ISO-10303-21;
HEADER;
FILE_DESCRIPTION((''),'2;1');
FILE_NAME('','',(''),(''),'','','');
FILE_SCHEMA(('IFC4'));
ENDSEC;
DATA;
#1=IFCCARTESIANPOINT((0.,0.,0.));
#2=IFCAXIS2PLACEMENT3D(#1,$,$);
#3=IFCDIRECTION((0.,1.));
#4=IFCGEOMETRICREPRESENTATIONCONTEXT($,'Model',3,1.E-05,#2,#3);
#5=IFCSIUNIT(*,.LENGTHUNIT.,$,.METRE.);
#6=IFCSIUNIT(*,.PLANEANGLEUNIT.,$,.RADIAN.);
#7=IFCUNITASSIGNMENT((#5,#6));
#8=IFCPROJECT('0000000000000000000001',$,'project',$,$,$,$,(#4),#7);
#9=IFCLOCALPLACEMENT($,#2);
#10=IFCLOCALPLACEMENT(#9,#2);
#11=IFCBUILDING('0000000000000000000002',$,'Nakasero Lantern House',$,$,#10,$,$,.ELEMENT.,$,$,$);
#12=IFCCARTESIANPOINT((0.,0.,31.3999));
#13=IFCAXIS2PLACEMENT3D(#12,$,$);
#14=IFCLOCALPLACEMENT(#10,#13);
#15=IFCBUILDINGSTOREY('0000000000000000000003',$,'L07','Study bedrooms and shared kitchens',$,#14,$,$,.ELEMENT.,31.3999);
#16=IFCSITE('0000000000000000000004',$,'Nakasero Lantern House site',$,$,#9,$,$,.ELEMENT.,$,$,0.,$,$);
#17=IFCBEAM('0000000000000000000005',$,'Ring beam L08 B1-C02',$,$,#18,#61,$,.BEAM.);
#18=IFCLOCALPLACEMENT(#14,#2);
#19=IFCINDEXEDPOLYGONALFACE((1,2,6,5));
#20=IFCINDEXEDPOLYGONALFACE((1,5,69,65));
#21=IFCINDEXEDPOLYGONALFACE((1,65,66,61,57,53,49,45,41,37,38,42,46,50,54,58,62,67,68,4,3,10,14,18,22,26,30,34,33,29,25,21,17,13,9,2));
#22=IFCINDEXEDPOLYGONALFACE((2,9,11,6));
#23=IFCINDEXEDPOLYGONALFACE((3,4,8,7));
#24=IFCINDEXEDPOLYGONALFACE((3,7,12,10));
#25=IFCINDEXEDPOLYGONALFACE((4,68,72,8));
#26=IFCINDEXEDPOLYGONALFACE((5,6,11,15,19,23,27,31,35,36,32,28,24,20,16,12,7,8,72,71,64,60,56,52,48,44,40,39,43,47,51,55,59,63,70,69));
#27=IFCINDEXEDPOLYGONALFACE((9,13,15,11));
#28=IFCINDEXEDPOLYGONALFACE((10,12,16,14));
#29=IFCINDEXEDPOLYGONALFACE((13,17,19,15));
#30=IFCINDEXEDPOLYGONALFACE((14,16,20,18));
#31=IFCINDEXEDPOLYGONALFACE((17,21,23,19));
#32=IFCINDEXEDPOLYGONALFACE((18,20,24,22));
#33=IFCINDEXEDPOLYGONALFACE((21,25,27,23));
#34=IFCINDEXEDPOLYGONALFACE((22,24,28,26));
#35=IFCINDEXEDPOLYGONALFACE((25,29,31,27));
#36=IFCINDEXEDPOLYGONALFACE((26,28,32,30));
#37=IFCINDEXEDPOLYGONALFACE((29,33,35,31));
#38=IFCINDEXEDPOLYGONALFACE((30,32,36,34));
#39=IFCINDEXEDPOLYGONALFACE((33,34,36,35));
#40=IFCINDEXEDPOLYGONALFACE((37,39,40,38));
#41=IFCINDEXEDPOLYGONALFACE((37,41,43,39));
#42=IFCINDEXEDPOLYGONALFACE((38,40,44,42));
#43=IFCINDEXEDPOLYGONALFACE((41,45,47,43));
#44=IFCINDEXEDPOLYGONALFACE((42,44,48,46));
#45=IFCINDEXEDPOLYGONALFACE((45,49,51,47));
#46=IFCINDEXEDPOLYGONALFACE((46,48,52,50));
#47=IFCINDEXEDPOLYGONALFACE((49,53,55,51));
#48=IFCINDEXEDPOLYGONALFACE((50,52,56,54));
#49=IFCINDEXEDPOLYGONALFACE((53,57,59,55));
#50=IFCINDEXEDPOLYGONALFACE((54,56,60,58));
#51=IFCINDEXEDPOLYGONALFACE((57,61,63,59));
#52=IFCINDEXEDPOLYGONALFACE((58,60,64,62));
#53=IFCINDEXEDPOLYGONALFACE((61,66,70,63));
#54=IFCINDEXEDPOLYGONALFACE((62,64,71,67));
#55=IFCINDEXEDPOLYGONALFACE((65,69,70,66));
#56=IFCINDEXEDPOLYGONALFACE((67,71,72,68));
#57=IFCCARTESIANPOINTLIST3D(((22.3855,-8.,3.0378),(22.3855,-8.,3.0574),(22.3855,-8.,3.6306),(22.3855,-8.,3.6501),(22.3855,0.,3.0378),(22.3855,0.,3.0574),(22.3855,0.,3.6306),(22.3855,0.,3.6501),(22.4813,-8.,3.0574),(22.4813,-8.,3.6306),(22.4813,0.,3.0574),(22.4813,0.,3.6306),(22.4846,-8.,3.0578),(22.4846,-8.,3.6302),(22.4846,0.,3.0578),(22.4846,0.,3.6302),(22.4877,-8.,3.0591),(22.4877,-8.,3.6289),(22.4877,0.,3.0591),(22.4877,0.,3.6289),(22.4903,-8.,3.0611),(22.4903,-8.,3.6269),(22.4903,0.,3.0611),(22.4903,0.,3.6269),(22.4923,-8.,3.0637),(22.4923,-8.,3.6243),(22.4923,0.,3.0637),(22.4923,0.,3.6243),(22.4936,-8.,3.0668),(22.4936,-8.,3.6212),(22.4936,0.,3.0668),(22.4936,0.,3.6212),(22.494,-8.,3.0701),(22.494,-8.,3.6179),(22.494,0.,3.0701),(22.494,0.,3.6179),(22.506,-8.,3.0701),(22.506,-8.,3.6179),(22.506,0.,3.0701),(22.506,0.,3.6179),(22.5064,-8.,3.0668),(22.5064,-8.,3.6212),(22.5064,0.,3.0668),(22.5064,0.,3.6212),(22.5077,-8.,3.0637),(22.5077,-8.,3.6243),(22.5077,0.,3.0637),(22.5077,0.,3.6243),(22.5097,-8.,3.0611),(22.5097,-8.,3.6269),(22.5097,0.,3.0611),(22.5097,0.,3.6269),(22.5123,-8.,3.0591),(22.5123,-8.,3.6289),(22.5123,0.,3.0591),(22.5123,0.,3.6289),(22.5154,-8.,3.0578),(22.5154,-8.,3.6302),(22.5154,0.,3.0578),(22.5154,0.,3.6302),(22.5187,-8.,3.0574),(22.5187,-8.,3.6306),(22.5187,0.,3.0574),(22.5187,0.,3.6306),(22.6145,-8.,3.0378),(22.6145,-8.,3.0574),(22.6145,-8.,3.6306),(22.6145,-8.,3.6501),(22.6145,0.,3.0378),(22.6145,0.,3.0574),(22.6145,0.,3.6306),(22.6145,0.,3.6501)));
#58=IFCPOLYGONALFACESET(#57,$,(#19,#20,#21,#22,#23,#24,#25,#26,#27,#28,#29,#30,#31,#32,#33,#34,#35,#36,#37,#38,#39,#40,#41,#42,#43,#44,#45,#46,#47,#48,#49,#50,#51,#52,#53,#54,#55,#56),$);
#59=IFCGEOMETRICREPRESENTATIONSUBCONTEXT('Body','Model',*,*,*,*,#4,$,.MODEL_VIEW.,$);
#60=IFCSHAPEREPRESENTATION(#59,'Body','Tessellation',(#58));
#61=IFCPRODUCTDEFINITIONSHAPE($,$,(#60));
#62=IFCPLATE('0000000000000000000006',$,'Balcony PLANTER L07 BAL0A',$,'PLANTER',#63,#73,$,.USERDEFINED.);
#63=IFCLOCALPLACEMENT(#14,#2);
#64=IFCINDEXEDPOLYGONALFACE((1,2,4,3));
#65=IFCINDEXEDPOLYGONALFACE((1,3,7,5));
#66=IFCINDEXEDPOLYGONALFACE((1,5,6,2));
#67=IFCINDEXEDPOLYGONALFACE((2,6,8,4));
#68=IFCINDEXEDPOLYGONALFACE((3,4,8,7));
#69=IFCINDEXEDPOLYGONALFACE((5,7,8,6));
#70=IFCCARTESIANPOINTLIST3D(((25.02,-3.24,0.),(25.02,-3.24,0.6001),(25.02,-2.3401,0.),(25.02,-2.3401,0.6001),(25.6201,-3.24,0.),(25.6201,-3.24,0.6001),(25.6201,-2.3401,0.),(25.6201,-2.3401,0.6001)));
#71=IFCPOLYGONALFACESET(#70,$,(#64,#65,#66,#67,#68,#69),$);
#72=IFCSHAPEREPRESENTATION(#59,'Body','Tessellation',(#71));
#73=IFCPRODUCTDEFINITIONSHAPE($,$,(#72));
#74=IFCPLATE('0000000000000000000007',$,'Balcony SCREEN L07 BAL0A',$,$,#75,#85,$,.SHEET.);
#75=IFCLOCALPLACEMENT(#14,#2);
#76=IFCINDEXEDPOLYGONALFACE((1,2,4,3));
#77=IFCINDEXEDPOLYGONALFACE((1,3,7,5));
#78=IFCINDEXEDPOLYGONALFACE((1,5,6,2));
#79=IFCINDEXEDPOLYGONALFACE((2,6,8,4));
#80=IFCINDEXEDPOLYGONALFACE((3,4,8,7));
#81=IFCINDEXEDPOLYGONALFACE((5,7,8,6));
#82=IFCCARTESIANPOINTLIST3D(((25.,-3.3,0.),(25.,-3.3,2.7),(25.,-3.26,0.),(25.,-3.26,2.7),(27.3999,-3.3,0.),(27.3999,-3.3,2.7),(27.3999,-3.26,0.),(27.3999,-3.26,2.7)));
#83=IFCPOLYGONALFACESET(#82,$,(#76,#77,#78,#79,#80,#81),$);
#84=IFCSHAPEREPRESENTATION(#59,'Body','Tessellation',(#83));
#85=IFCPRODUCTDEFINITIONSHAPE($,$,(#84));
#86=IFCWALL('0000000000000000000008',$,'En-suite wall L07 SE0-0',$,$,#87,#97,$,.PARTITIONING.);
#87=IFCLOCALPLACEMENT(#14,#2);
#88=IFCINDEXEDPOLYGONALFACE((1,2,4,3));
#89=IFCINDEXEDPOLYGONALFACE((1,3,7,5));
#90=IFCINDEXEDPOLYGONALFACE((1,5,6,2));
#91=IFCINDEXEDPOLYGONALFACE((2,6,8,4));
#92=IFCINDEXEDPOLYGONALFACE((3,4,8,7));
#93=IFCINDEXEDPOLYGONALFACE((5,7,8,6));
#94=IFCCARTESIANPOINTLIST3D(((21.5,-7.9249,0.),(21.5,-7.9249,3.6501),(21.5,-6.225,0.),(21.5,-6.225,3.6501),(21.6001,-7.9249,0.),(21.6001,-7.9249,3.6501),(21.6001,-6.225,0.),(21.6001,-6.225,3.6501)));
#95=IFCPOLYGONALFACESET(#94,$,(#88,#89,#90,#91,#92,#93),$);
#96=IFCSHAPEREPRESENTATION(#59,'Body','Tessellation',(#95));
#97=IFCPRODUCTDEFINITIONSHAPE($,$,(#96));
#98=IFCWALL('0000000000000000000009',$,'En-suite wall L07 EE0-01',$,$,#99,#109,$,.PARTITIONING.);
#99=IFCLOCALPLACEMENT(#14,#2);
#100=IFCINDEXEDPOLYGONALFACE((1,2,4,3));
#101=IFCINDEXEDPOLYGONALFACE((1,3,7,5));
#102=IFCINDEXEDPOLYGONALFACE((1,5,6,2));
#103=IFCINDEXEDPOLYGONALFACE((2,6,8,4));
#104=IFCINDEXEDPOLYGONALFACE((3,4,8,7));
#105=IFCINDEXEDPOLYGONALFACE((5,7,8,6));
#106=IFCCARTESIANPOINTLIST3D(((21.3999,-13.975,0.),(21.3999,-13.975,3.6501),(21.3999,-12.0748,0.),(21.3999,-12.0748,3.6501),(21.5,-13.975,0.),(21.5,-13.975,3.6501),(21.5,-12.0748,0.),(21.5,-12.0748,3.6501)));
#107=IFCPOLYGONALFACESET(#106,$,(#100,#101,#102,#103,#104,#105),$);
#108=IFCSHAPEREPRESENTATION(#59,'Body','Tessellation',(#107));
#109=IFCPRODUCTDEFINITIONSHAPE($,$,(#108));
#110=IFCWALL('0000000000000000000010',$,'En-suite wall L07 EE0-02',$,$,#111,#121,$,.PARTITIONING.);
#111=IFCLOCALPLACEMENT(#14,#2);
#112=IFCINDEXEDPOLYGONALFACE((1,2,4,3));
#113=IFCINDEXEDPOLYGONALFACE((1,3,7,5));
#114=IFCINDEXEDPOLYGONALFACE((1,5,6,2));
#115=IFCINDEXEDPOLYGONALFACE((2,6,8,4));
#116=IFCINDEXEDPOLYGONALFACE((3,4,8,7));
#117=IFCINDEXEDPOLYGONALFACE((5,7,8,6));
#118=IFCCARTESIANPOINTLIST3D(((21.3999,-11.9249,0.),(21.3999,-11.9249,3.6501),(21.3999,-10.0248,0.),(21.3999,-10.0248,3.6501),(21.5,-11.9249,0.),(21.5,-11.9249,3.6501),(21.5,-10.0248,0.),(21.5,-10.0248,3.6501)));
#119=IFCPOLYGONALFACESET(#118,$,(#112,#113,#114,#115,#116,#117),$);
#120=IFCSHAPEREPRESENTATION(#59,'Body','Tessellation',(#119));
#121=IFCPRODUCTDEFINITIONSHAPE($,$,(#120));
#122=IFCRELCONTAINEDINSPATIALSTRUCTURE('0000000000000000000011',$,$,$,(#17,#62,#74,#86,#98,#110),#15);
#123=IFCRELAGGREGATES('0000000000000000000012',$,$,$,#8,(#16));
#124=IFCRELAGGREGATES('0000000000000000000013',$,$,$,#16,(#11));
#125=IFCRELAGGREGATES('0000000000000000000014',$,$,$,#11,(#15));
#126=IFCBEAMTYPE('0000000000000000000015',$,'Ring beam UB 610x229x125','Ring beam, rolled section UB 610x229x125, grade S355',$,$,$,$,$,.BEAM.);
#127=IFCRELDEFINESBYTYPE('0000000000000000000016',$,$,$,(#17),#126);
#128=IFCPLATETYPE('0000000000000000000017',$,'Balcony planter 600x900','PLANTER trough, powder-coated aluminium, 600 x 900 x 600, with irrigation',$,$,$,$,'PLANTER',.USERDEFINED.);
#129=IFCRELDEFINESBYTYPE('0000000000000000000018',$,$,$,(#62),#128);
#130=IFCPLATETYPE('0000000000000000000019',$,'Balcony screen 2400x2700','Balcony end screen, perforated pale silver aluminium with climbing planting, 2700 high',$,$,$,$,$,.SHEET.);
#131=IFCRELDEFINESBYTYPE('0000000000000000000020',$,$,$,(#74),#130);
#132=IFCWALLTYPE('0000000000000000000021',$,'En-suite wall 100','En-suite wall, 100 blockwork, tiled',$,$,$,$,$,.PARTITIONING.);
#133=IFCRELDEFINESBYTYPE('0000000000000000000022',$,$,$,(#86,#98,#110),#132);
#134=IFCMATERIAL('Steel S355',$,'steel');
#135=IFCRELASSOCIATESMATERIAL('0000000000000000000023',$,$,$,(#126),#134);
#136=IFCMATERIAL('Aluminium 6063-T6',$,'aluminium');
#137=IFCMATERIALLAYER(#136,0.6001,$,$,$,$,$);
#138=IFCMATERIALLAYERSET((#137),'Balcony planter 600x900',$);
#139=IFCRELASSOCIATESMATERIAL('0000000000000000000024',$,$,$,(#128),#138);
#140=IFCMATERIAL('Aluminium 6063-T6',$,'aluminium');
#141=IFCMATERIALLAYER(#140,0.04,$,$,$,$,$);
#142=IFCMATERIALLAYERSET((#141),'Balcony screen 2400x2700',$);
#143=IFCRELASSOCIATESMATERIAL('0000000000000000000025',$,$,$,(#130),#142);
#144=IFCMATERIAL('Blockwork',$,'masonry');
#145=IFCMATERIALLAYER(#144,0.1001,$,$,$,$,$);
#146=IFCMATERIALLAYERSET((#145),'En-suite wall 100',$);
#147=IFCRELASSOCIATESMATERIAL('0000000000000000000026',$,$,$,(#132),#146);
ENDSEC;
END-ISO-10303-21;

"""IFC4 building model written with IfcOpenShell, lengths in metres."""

from ifc_helpers import new_model, si_unit, direction, frame, frame_2d, origin, origin_2d, place, context, subcontext, project, spatial, rectangle, i_section, extrude, material, layer, layer_set, material_profile, profile_set, type_object, element, save


model = new_model("IFC4")

# Units and contexts
model_context = context("Model", 3, precision=1e-05, world=origin(), true_north=direction((0.0, 1.0)))
body_context = subcontext(model_context, "Body", "Model", "MODEL_VIEW")
ifc_project = project(units=[si_unit("LENGTHUNIT", "METRE"), si_unit("PLANEANGLEUNIT", "RADIAN")], contexts=[model_context])

# Site, building, storey
site_placement = place(None, origin())
site = spatial("IfcSite", under=ifc_project, at=site_placement, Name="Nakasero Lantern House site", CompositionType="ELEMENT", RefElevation=0.0)
building_placement = place(site_placement, origin())
building = spatial("IfcBuilding", under=site, at=building_placement, Name="Nakasero Lantern House", CompositionType="ELEMENT")
storey_placement = place(building_placement, frame((0.0, 0.0, 31.3999)))
storey = spatial("IfcBuildingStorey", under=building, at=storey_placement, Name="L07", Description="Study bedrooms and shared kitchens", CompositionType="ELEMENT", Elevation=31.3999)

# Beam
ifc_material_1 = material(Name="Steel S355", Category="steel")
ifc_material_profile_1 = material_profile(ifc_material_1, i_section(OverallWidth=0.229, OverallDepth=0.6123, WebThickness=0.012, FlangeThickness=0.0195, FilletRadius=0.0127, at=origin_2d()), Name="UB 610x229x125")
ifc_profile_set_1 = profile_set([ifc_material_profile_1], Name="Steel S355")
beam_type_1 = type_object("IfcBeamType", Name="Ring beam UB 610x229x125", Description="Ring beam, rolled section UB 610x229x125, grade S355", PredefinedType="BEAM", material=ifc_profile_set_1)
for number, where, z_axis, x_axis, name in (
    (1, (22.5, -8.0, 3.344), (0.0, 1.0, 0.0), (-1.0, 0.0, 0.0), "Ring beam L08 B1-C02"),
):
    element("IfcBeam", number, at=place(storey_placement, frame(where, z_axis=z_axis, x_axis=x_axis)), inside=storey, type_object=beam_type_1, Name=name, PredefinedType="BEAM", context=body_context, shape_type="SweptSolid", body=[
        extrude(i_section(OverallWidth=0.229, OverallDepth=0.6123, WebThickness=0.012, FlangeThickness=0.0195, FilletRadius=0.0127, at=origin_2d()), origin(), (0.0, 0.0, 1.0), 8.0),
    ])

# Plates
ifc_material_2 = material(Name="Aluminium 6063-T6", Category="aluminium")
ifc_layer_1 = layer(ifc_material_2, 0.6001)
ifc_layer_set_1 = layer_set([ifc_layer_1], Name="Balcony planter 600x900")
plate_type_1 = type_object("IfcPlateType", Name="Balcony planter 600x900", Description="PLANTER trough, powder-coated aluminium, 600 x 900 x 600, with irrigation", ElementType="PLANTER", PredefinedType="USERDEFINED", material=ifc_layer_set_1)
plate_1_placement = place(storey_placement, frame((25.3201, -2.79, 0.0), z_axis=(0.0, 0.0, 1.0), x_axis=(1.0, 0.0, 0.0)))
element("IfcPlate", 2, at=plate_1_placement, inside=storey, type_object=plate_type_1, Name="Balcony PLANTER L07 BAL0A", ObjectType="PLANTER", PredefinedType="USERDEFINED", context=body_context, shape_type="SweptSolid", body=[
    extrude(rectangle(XDim=0.6001, YDim=0.8999, at=origin_2d()), origin(), (0.0, 0.0, 1.0), 0.6001),
])
ifc_material_3 = material(Name="Aluminium 6063-T6", Category="aluminium")
ifc_layer_2 = layer(ifc_material_3, 0.04)
ifc_layer_set_2 = layer_set([ifc_layer_2], Name="Balcony screen 2400x2700")
plate_type_2 = type_object("IfcPlateType", Name="Balcony screen 2400x2700", Description="Balcony end screen, perforated pale silver aluminium with climbing planting, 2700 high", PredefinedType="SHEET", material=ifc_layer_set_2)
plate_2_placement = place(storey_placement, frame((26.2, -3.28, 0.0), z_axis=(0.0, 0.0, 1.0), x_axis=(1.0, 0.0, 0.0)))
element("IfcPlate", 3, at=plate_2_placement, inside=storey, type_object=plate_type_2, Name="Balcony SCREEN L07 BAL0A", PredefinedType="SHEET", context=body_context, shape_type="SweptSolid", body=[
    extrude(rectangle(XDim=2.3999, YDim=0.04, at=origin_2d()), origin(), (0.0, 0.0, 1.0), 2.7),
])

# Walls
ifc_material_4 = material(Name="Blockwork", Category="masonry")
ifc_layer_3 = layer(ifc_material_4, 0.1001)
ifc_layer_set_3 = layer_set([ifc_layer_3], Name="En-suite wall 100")
wall_type_1 = type_object("IfcWallType", Name="En-suite wall 100", Description="En-suite wall, 100 blockwork, tiled", PredefinedType="PARTITIONING", material=ifc_layer_set_3)
wall_1_placement = place(storey_placement, frame((21.55, -7.925, 0.0), z_axis=(0.0, 0.0, 1.0), x_axis=(0.0, 1.0, 0.0)))
element("IfcWall", 4, at=wall_1_placement, inside=storey, type_object=wall_type_1, Name="En-suite wall L07 SE0-0", PredefinedType="PARTITIONING", context=body_context, shape_type="SweptSolid", body=[
    extrude(rectangle(XDim=1.7, YDim=0.1001, at=frame_2d((0.8501, 0.0))), origin(), (0.0, 0.0, 1.0), 3.6501),
])
for number, where, z_axis, x_axis, name in (
    (5, (21.45, -13.9751, 0.0), (0.0, 0.0, 1.0), (0.0, 1.0, 0.0), "En-suite wall L07 EE0-01"),
    (6, (21.45, -11.925, 0.0), (0.0, 0.0, 1.0), (0.0, 1.0, 0.0), "En-suite wall L07 EE0-02"),
):
    element("IfcWall", number, at=place(storey_placement, frame(where, z_axis=z_axis, x_axis=x_axis)), inside=storey, type_object=wall_type_1, Name=name, PredefinedType="PARTITIONING", context=body_context, shape_type="SweptSolid", body=[
        extrude(rectangle(XDim=1.9001, YDim=0.1001, at=frame_2d((0.9502, 0.0))), origin(), (0.0, 0.0, 1.0), 3.6501),
    ])

save(model, "model.ifc")
